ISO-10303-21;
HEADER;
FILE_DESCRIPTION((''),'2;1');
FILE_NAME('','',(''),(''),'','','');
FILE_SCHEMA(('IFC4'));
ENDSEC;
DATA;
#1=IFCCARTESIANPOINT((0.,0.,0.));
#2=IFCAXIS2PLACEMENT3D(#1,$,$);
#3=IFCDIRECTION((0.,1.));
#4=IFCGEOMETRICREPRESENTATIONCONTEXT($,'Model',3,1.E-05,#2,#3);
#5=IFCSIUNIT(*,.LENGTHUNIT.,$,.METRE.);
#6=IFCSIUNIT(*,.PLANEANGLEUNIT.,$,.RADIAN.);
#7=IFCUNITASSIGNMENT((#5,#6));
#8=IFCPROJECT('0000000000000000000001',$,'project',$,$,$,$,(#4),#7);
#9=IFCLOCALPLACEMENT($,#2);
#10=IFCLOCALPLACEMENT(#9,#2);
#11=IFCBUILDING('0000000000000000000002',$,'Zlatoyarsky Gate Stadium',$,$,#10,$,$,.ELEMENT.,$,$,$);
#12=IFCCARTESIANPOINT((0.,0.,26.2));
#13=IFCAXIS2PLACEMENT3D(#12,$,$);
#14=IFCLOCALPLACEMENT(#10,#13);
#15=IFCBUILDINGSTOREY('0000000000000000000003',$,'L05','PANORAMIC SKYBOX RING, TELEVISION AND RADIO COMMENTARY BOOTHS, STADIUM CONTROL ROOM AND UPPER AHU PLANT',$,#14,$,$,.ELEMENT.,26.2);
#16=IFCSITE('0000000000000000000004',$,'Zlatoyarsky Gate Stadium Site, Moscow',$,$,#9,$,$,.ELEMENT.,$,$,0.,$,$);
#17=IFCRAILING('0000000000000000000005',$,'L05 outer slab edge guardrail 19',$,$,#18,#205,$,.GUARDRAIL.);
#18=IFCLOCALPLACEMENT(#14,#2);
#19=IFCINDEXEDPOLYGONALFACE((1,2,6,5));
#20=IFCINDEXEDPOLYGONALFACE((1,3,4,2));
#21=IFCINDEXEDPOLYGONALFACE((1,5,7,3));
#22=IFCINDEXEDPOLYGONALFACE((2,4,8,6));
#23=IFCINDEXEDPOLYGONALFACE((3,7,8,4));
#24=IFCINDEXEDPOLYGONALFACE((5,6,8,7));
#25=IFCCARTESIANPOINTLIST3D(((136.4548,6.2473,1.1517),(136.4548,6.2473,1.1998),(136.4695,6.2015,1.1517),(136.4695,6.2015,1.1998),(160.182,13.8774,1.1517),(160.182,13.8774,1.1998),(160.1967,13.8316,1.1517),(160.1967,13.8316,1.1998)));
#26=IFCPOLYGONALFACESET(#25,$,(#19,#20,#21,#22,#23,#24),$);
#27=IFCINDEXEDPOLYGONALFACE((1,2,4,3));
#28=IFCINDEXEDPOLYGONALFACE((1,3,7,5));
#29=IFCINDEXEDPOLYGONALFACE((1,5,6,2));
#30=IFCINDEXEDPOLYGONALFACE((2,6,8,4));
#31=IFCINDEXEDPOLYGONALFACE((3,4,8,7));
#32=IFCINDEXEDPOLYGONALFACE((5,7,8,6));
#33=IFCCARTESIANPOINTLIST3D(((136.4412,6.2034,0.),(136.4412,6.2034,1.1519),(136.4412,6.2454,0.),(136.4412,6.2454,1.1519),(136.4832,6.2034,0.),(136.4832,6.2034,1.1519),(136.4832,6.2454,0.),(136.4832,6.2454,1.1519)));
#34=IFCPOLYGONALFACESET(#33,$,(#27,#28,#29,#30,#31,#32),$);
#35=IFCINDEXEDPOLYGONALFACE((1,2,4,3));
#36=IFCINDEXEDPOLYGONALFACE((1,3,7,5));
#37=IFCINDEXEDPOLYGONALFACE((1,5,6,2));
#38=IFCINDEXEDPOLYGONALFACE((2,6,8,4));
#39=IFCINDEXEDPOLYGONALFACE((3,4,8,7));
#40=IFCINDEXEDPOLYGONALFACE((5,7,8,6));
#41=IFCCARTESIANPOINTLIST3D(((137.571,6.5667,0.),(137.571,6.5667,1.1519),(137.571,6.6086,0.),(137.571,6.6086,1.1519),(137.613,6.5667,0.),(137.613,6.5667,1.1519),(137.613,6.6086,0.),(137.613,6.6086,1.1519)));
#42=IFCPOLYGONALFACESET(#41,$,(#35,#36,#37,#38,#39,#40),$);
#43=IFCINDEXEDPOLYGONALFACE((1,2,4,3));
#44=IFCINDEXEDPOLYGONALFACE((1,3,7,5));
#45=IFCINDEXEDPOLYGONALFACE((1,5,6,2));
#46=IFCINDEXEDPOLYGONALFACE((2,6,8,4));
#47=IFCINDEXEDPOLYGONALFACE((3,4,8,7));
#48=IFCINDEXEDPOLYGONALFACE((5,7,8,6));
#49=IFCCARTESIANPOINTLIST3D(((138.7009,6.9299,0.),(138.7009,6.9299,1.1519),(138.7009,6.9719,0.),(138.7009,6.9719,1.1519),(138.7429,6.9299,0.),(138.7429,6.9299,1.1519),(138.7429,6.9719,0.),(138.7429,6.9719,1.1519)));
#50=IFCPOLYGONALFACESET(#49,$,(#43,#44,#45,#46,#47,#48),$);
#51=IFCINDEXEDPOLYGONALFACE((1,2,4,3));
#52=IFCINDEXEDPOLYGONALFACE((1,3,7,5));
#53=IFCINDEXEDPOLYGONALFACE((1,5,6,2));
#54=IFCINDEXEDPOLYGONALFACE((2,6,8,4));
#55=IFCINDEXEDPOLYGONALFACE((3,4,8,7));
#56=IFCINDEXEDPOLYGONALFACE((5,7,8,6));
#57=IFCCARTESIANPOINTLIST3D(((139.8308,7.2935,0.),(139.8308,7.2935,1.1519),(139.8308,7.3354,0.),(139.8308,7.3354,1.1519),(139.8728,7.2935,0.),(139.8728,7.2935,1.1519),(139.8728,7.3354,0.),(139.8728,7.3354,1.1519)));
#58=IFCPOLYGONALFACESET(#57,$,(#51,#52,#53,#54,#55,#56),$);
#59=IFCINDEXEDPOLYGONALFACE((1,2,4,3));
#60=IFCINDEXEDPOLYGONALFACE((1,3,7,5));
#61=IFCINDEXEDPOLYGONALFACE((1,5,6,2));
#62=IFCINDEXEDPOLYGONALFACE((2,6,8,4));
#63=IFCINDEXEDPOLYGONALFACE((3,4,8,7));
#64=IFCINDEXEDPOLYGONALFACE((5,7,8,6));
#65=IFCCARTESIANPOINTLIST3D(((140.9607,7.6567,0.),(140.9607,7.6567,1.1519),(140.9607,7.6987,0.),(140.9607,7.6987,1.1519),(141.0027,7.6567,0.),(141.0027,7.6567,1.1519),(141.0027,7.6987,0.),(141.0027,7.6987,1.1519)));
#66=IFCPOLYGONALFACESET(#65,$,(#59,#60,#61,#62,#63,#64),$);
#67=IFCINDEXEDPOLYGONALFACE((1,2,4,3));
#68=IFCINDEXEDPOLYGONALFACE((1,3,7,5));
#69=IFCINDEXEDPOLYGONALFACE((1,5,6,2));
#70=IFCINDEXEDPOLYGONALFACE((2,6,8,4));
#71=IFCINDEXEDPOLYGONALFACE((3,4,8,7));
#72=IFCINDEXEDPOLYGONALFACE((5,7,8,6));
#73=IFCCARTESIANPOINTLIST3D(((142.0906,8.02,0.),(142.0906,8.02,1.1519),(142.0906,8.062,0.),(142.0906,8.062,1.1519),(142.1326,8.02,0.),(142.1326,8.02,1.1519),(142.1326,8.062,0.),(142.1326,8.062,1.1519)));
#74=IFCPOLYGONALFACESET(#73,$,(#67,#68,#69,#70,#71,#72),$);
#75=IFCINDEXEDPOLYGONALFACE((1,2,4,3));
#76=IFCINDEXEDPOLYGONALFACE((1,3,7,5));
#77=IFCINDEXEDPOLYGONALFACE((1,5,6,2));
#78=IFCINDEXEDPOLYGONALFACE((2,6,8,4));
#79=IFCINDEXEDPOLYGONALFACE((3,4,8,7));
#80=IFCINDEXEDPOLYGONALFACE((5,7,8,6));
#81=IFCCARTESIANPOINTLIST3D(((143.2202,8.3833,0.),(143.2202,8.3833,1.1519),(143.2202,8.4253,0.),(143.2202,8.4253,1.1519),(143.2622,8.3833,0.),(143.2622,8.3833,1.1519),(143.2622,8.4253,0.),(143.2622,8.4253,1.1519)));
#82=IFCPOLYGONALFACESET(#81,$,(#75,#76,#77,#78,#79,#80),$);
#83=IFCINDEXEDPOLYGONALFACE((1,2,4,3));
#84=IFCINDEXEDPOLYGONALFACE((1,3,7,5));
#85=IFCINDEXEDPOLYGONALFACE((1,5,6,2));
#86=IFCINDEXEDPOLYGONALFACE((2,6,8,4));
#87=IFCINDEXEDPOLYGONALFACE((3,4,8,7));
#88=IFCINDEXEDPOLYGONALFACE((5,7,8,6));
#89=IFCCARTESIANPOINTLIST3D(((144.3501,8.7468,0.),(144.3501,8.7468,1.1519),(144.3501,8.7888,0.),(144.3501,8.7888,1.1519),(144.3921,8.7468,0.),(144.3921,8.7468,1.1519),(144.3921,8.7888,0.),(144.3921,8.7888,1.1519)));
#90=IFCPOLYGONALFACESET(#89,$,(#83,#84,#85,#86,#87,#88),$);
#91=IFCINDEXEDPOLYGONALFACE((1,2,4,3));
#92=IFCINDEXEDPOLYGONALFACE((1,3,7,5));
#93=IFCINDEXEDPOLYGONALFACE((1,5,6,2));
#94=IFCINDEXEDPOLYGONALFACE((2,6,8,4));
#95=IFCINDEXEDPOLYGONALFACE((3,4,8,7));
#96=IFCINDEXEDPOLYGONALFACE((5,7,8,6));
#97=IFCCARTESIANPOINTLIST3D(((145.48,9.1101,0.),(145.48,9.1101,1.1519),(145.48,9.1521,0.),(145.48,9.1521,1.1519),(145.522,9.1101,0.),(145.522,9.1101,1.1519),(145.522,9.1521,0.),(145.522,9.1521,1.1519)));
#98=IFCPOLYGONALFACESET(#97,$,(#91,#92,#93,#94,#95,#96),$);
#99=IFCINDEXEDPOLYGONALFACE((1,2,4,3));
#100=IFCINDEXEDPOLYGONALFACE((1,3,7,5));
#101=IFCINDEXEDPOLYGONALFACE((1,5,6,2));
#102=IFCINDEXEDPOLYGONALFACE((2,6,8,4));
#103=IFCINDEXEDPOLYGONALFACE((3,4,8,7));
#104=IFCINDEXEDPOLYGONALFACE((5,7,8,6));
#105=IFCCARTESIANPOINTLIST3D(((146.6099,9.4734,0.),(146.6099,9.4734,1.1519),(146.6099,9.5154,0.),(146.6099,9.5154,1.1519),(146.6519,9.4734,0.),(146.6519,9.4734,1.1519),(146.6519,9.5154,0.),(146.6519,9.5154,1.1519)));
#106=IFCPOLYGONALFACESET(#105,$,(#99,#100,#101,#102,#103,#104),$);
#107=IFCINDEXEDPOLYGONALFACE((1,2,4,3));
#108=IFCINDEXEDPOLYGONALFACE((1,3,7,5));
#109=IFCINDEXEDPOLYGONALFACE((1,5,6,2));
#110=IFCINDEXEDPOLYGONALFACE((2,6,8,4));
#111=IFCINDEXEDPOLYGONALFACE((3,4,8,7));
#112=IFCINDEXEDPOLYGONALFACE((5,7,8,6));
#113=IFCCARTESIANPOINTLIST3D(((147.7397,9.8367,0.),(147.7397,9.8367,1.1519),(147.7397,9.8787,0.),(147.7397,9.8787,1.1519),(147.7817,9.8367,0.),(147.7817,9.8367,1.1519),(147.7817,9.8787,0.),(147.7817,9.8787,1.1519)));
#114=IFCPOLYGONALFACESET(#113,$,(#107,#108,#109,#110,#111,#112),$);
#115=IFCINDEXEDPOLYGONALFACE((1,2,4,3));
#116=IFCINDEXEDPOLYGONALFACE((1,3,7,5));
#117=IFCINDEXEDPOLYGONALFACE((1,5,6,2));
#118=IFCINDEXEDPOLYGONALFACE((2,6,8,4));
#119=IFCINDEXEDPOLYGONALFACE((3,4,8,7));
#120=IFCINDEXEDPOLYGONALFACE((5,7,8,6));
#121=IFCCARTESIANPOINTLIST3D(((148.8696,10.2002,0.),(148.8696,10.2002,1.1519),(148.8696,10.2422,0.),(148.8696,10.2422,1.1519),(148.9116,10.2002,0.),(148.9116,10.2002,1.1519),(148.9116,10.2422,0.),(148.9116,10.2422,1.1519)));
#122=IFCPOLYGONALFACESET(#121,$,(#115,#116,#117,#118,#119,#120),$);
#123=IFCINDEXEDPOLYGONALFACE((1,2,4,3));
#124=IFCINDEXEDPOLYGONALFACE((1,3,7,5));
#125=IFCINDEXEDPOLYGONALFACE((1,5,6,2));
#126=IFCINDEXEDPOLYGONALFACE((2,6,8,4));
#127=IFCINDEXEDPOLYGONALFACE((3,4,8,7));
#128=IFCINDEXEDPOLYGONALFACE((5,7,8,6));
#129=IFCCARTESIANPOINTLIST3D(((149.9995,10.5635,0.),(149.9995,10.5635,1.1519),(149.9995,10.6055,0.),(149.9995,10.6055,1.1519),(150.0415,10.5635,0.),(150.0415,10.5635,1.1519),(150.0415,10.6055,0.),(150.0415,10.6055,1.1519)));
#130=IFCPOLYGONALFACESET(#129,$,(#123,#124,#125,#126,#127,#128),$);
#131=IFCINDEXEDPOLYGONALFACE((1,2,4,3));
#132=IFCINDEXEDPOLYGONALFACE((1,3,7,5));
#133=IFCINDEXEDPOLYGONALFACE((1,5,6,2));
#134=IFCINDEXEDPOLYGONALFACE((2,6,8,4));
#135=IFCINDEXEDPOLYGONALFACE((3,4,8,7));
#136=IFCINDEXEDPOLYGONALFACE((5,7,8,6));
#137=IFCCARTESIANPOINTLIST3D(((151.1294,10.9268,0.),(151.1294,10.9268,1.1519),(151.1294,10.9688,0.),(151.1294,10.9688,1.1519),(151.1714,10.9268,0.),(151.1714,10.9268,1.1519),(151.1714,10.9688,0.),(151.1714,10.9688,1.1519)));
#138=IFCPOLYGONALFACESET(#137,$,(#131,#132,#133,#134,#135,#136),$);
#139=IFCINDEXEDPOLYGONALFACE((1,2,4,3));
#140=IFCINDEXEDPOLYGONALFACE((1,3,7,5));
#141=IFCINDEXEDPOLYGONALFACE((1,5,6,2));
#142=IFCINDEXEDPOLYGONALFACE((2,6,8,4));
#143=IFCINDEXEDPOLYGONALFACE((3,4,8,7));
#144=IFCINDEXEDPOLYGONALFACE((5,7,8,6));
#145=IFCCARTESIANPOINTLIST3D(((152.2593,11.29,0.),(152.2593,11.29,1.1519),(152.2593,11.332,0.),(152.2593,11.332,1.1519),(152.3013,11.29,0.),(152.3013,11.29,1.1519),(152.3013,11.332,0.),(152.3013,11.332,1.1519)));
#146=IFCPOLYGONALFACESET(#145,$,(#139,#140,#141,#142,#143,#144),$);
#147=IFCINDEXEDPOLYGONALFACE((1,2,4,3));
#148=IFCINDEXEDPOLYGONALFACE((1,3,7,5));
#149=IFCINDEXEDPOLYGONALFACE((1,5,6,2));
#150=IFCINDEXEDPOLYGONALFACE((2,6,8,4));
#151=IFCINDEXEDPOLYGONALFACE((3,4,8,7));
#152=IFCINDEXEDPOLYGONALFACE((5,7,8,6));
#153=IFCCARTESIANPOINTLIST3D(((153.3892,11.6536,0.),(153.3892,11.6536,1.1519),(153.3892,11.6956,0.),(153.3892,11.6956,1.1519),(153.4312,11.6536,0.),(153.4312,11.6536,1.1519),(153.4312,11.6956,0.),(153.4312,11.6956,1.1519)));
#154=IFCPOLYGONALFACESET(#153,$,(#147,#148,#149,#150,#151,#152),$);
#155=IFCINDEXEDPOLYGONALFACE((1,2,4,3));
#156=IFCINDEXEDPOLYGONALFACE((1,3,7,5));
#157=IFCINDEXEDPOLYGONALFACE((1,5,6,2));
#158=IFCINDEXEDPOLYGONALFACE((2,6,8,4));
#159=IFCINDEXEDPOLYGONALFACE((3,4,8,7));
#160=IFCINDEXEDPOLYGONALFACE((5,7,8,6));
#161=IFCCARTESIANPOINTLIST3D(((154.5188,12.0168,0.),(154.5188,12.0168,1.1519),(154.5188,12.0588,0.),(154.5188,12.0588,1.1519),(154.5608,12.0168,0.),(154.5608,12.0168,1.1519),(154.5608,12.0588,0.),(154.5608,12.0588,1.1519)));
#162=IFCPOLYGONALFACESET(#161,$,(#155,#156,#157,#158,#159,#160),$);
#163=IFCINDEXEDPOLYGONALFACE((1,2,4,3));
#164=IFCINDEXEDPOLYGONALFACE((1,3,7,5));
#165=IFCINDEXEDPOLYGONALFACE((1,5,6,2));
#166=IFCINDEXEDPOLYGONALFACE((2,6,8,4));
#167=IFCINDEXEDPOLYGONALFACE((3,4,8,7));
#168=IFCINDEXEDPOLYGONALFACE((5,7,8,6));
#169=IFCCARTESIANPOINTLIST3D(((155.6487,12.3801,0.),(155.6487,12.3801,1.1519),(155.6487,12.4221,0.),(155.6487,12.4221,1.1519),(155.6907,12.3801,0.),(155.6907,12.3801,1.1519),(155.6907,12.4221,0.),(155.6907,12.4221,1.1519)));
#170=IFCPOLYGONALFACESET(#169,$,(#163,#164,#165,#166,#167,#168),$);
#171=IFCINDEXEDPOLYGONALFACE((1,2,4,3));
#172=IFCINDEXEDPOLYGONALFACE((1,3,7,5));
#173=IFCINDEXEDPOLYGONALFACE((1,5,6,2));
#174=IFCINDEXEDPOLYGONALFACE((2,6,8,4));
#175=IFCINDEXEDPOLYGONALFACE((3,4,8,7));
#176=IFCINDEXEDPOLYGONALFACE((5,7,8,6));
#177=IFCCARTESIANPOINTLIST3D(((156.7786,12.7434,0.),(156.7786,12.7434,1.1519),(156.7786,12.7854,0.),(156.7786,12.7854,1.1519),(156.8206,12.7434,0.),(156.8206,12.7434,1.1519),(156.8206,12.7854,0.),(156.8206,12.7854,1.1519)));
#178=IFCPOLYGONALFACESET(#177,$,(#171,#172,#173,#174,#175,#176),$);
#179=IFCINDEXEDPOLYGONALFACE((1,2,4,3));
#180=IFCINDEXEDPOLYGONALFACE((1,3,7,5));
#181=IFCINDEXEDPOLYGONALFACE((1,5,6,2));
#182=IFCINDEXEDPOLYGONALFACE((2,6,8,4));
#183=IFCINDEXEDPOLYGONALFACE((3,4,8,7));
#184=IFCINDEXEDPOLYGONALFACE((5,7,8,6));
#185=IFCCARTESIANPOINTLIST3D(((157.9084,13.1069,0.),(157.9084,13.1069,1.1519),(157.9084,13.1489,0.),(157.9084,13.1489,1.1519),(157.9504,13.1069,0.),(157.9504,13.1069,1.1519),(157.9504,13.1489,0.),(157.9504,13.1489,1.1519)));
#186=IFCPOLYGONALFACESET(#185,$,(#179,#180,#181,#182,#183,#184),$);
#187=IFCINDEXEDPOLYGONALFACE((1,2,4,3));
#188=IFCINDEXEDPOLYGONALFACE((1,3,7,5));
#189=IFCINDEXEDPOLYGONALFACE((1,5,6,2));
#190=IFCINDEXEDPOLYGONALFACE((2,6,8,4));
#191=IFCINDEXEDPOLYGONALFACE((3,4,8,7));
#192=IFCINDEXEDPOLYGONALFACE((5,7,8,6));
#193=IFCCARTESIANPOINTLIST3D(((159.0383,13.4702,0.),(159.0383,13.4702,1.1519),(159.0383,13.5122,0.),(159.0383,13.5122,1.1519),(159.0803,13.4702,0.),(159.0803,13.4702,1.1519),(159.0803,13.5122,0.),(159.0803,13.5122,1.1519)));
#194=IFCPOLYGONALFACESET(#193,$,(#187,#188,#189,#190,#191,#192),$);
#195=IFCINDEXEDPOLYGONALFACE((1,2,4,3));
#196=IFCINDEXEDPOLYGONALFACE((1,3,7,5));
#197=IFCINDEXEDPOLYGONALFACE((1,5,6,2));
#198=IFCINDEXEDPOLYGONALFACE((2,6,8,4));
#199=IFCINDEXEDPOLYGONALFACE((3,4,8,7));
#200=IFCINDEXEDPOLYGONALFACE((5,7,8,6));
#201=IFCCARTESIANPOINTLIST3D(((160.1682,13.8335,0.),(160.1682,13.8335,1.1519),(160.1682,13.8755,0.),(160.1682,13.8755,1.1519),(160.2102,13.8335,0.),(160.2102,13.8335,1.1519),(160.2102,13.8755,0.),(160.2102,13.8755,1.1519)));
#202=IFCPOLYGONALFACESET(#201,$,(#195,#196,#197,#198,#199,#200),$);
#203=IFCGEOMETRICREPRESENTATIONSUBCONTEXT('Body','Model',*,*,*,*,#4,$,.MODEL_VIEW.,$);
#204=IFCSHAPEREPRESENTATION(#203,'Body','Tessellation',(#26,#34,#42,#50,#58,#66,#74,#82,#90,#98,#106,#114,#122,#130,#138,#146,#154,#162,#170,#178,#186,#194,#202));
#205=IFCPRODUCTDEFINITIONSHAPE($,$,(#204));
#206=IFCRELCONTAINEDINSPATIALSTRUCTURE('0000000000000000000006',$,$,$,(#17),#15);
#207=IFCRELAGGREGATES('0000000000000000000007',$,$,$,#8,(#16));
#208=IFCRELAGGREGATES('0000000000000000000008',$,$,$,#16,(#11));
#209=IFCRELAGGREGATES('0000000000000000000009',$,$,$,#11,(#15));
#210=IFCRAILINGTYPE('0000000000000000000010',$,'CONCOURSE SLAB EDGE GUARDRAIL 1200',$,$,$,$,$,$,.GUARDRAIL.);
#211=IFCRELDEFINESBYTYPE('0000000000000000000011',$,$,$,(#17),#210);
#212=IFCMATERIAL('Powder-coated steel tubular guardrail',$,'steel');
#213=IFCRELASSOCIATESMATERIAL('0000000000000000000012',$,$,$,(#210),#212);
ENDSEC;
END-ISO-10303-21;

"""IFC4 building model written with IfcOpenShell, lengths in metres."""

from ifc_helpers import new_model, si_unit, direction, frame, origin, origin_2d, place, context, subcontext, project, spatial, rectangle, extrude, material, type_object, element, save


model = new_model("IFC4")

# Units and contexts
model_context = context("Model", 3, precision=1e-05, world=origin(), true_north=direction((0.0, 1.0)))
body_context = subcontext(model_context, "Body", "Model", "MODEL_VIEW")
ifc_project = project(units=[si_unit("LENGTHUNIT", "METRE"), si_unit("PLANEANGLEUNIT", "RADIAN")], contexts=[model_context])

# Site, building, storey
site_placement = place(None, origin())
site = spatial("IfcSite", under=ifc_project, at=site_placement, Name="Zlatoyarsky Gate Stadium Site, Moscow", CompositionType="ELEMENT", RefElevation=0.0)
building_placement = place(site_placement, origin())
building = spatial("IfcBuilding", under=site, at=building_placement, Name="Zlatoyarsky Gate Stadium", CompositionType="ELEMENT")
storey_placement = place(building_placement, frame((0.0, 0.0, 26.2)))
storey = spatial("IfcBuildingStorey", under=building, at=storey_placement, Name="L05", Description="PANORAMIC SKYBOX RING, TELEVISION AND RADIO COMMENTARY BOOTHS, STADIUM CONTROL ROOM AND UPPER AHU PLANT", CompositionType="ELEMENT", Elevation=26.2)

# Railing
ifc_material_1 = material(Name="Powder-coated steel tubular guardrail", Category="steel")
railing_type = type_object("IfcRailingType", Name="CONCOURSE SLAB EDGE GUARDRAIL 1200", PredefinedType="GUARDRAIL", material=ifc_material_1)
railing_placement = place(storey_placement, frame((136.4622, 6.2244, 0.0)))
element("IfcRailing", 1, at=railing_placement, inside=storey, type_object=railing_type, Name="L05 outer slab edge guardrail 19", PredefinedType="GUARDRAIL", context=body_context, shape_type="SweptSolid", body=[
    extrude(rectangle(XDim=0.0481, YDim=0.0481, at=origin_2d()), frame((0.0, 0.0, 1.1758), z_axis=(0.951987, 0.306139, 0.0), x_axis=(-0.306139, 0.951987, 0.0)), (0.0, 0.0, 1.0), 24.9238),
    extrude(rectangle(XDim=0.042, YDim=0.042, at=origin_2d()), origin(), (0.0, 0.0, 1.0), 1.1519),
    extrude(rectangle(XDim=0.042, YDim=0.042, at=origin_2d()), frame((1.1299, 0.3633, 0.0)), (0.0, 0.0, 1.0), 1.1519),
    extrude(rectangle(XDim=0.042, YDim=0.042, at=origin_2d()), frame((2.2598, 0.7266, 0.0)), (0.0, 0.0, 1.0), 1.1519),
    extrude(rectangle(XDim=0.042, YDim=0.042, at=origin_2d()), frame((3.3896, 1.0901, 0.0)), (0.0, 0.0, 1.0), 1.1519),
    extrude(rectangle(XDim=0.042, YDim=0.042, at=origin_2d()), frame((4.5195, 1.4534, 0.0)), (0.0, 0.0, 1.0), 1.1519),
    extrude(rectangle(XDim=0.042, YDim=0.042, at=origin_2d()), frame((5.6494, 1.8167, 0.0)), (0.0, 0.0, 1.0), 1.1519),
    extrude(rectangle(XDim=0.042, YDim=0.042, at=origin_2d()), frame((6.7791, 2.1799, 0.0)), (0.0, 0.0, 1.0), 1.1519),
    extrude(rectangle(XDim=0.042, YDim=0.042, at=origin_2d()), frame((7.9089, 2.5435, 0.0)), (0.0, 0.0, 1.0), 1.1519),
    extrude(rectangle(XDim=0.042, YDim=0.042, at=origin_2d()), frame((9.0388, 2.9067, 0.0)), (0.0, 0.0, 1.0), 1.1519),
    extrude(rectangle(XDim=0.042, YDim=0.042, at=origin_2d()), frame((10.1687, 3.27, 0.0)), (0.0, 0.0, 1.0), 1.1519),
    extrude(rectangle(XDim=0.042, YDim=0.042, at=origin_2d()), frame((11.2986, 3.6333, 0.0)), (0.0, 0.0, 1.0), 1.1519),
    extrude(rectangle(XDim=0.042, YDim=0.042, at=origin_2d()), frame((12.4285, 3.9968, 0.0)), (0.0, 0.0, 1.0), 1.1519),
    extrude(rectangle(XDim=0.042, YDim=0.042, at=origin_2d()), frame((13.5583, 4.3601, 0.0)), (0.0, 0.0, 1.0), 1.1519),
    extrude(rectangle(XDim=0.042, YDim=0.042, at=origin_2d()), frame((14.6882, 4.7234, 0.0)), (0.0, 0.0, 1.0), 1.1519),
    extrude(rectangle(XDim=0.042, YDim=0.042, at=origin_2d()), frame((15.8181, 5.0867, 0.0)), (0.0, 0.0, 1.0), 1.1519),
    extrude(rectangle(XDim=0.042, YDim=0.042, at=origin_2d()), frame((16.948, 5.4502, 0.0)), (0.0, 0.0, 1.0), 1.1519),
    extrude(rectangle(XDim=0.042, YDim=0.042, at=origin_2d()), frame((18.0776, 5.8135, 0.0)), (0.0, 0.0, 1.0), 1.1519),
    extrude(rectangle(XDim=0.042, YDim=0.042, at=origin_2d()), frame((19.2075, 6.1768, 0.0)), (0.0, 0.0, 1.0), 1.1519),
    extrude(rectangle(XDim=0.042, YDim=0.042, at=origin_2d()), frame((20.3374, 6.54, 0.0)), (0.0, 0.0, 1.0), 1.1519),
    extrude(rectangle(XDim=0.042, YDim=0.042, at=origin_2d()), frame((21.4673, 6.9036, 0.0)), (0.0, 0.0, 1.0), 1.1519),
    extrude(rectangle(XDim=0.042, YDim=0.042, at=origin_2d()), frame((22.5972, 7.2668, 0.0)), (0.0, 0.0, 1.0), 1.1519),
    extrude(rectangle(XDim=0.042, YDim=0.042, at=origin_2d()), frame((23.7271, 7.6301, 0.0)), (0.0, 0.0, 1.0), 1.1519),
])

save(model, "model.ifc")
